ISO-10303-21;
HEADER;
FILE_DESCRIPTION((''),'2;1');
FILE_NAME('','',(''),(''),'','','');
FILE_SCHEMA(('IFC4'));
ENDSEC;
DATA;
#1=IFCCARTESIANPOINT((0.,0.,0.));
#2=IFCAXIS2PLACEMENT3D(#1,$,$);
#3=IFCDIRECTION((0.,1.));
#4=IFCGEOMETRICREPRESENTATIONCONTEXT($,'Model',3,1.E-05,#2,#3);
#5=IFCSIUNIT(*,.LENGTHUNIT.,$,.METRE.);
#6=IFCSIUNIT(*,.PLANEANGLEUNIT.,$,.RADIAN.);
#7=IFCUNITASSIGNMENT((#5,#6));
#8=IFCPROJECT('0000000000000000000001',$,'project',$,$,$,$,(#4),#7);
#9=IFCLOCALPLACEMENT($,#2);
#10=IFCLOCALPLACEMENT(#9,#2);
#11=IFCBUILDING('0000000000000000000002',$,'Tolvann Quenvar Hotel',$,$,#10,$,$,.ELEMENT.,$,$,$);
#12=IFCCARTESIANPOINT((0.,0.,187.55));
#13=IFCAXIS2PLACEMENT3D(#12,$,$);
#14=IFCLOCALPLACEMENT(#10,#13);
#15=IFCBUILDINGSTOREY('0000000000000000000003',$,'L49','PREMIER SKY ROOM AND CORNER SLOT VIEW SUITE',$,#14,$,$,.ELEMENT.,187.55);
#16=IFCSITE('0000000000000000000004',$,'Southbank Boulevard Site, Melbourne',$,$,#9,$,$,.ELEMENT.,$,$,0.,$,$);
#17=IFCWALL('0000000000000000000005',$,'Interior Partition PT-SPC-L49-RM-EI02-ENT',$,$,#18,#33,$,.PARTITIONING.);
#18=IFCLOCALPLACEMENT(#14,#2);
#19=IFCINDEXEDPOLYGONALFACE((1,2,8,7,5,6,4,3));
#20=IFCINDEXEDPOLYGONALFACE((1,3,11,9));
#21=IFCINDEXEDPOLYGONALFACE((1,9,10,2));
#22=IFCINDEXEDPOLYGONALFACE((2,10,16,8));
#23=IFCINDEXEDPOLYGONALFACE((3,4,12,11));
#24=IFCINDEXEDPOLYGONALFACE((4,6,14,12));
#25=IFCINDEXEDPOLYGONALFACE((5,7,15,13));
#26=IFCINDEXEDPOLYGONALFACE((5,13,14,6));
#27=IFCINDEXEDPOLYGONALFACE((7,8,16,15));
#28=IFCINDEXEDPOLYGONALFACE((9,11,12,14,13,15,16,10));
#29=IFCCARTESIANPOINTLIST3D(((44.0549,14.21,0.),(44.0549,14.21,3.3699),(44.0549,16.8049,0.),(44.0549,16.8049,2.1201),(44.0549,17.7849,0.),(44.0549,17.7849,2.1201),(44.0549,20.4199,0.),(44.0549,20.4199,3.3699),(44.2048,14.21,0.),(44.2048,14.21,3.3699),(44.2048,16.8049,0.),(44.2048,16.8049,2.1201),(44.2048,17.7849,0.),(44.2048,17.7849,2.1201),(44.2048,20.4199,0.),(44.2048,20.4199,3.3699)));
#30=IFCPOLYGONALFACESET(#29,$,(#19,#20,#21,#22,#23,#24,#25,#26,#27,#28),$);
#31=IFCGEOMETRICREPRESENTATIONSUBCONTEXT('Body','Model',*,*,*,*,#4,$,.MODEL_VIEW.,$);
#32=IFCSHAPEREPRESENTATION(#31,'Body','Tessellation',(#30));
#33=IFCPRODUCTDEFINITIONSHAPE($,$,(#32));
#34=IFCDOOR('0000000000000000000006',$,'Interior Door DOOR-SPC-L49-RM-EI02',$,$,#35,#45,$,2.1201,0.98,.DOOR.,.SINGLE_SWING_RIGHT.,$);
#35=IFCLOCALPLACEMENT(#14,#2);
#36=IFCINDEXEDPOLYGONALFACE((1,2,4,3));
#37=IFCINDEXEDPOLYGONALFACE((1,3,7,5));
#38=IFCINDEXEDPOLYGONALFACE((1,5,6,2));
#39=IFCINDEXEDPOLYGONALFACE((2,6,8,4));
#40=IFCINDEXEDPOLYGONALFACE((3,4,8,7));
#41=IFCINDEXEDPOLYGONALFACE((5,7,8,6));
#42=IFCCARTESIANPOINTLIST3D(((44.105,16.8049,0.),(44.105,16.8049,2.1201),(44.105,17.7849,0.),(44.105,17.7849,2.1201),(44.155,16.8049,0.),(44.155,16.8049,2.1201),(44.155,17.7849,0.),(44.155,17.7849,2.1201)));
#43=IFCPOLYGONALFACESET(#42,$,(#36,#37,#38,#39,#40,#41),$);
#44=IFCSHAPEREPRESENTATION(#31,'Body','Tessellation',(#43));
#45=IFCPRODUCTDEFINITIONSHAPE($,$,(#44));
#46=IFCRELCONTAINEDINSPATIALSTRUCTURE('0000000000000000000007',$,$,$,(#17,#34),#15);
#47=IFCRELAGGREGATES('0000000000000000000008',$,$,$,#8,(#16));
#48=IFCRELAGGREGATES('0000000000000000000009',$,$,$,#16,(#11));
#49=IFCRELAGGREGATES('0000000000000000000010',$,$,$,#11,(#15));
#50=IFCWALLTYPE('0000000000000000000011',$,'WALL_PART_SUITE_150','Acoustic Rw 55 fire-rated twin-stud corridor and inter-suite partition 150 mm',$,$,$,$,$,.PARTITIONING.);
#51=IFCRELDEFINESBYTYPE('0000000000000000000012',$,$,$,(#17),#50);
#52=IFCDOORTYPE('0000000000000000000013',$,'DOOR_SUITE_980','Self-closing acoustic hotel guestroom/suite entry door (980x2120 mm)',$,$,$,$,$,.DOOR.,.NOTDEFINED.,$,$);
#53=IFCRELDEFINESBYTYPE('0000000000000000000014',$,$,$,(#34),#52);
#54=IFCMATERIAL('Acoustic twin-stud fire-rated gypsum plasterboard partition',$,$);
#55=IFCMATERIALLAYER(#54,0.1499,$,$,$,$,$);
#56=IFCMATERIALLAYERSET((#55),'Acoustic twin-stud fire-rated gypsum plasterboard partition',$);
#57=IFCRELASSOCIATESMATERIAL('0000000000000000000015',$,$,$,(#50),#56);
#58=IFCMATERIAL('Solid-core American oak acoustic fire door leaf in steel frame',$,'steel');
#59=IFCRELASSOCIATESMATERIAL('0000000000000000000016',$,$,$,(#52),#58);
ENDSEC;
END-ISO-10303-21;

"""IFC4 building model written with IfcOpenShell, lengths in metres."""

from ifc_helpers import new_model, si_unit, direction, frame, frame_2d, origin, place, context, subcontext, project, spatial, rectangle, extrude, source, transform, mapped, material, layer, layer_set, type_object, type_shapes, element, fill, save


model = new_model("IFC4")

# Units and contexts
model_context = context("Model", 3, precision=1e-05, world=origin(), true_north=direction((0.0, 1.0)))
body_context = subcontext(model_context, "Body", "Model", "MODEL_VIEW")
ifc_project = project(units=[si_unit("LENGTHUNIT", "METRE"), si_unit("PLANEANGLEUNIT", "RADIAN")], contexts=[model_context])

# Site, building, storey
site_placement = place(None, origin())
site = spatial("IfcSite", under=ifc_project, at=site_placement, Name="Southbank Boulevard Site, Melbourne", CompositionType="ELEMENT", RefElevation=0.0)
building_placement = place(site_placement, origin())
building = spatial("IfcBuilding", under=site, at=building_placement, Name="Tolvann Quenvar Hotel", CompositionType="ELEMENT")
storey_placement = place(building_placement, frame((0.0, 0.0, 187.55)))
storey = spatial("IfcBuildingStorey", under=building, at=storey_placement, Name="L49", Description="PREMIER SKY ROOM AND CORNER SLOT VIEW SUITE", CompositionType="ELEMENT", Elevation=187.55)

# Shared definitions
ifc_material_1 = material(Name="Acoustic twin-stud fire-rated gypsum plasterboard partition")
ifc_layer_1 = layer(ifc_material_1, 0.1499)
ifc_layer_set_1 = layer_set([ifc_layer_1], Name="Acoustic twin-stud fire-rated gypsum plasterboard partition")
wall_type_1 = type_object("IfcWallType", Name="WALL_PART_SUITE_150", Description="Acoustic Rw 55 fire-rated twin-stud corridor and inter-suite partition 150 mm", PredefinedType="PARTITIONING", material=ifc_layer_set_1)
ifc_material_2 = material(Name="Solid-core American oak acoustic fire door leaf in steel frame", Category="steel")

# Wall, opening, door
door_type_1 = type_object("IfcDoorType", Name="DOOR_SUITE_980", Description="Self-closing acoustic hotel guestroom/suite entry door (980x2120 mm)", OperationType="NOTDEFINED", PredefinedType="DOOR", material=ifc_material_2)
shared_shape_1 = source(origin(), body_context, "Body", "SweptSolid", [
    extrude(rectangle(XDim=0.98, YDim=2.1201, at=frame_2d((0.49, 1.0601))), frame((0.0, 0.0249, 0.0), z_axis=(0.0, -1.0, 0.0), x_axis=(1.0, 0.0, 0.0)), (0.0, 0.0, 1.0), 0.05),
])
type_shapes(door_type_1, [shared_shape_1])
wall_1_placement = place(storey_placement, frame((44.1299, 14.21, 0.0), z_axis=(0.0, 0.0, 1.0), x_axis=(0.0, 1.0, 0.0)))
wall_1 = element("IfcWall", 1, at=wall_1_placement, inside=storey, type_object=wall_type_1, Name="Interior Partition PT-SPC-L49-RM-EI02-ENT", PredefinedType="PARTITIONING", context=body_context, shape_type="SweptSolid", body=[
    extrude(rectangle(XDim=6.21, YDim=0.1499, at=frame_2d((3.105, 0.0))), origin(), (0.0, 0.0, 1.0), 3.3699),
])
opening_1_placement = place(wall_1_placement, frame((2.595, 0.0, 0.0)))
opening_1 = element("IfcOpeningElement", 2, at=opening_1_placement, cuts=wall_1, PredefinedType="OPENING", context=body_context, shape_type="SweptSolid", body=[
    extrude(rectangle(XDim=0.98, YDim=2.1201, at=frame_2d((0.49, 1.0601))), frame((0.0, 0.085, 0.0), z_axis=(0.0, -1.0, 0.0), x_axis=(1.0, 0.0, 0.0)), (0.0, 0.0, 1.0), 0.1699),
])
door_1_placement = place(opening_1_placement, origin())
door_1 = element("IfcDoor", 3, at=door_1_placement, inside=storey, type_object=door_type_1, Name="Interior Door DOOR-SPC-L49-RM-EI02", OperationType="SINGLE_SWING_RIGHT", OverallHeight=2.1201, OverallWidth=0.98, PredefinedType="DOOR", context=body_context, shape_type="MappedRepresentation", body=[
    mapped(shared_shape_1, transform((0.0, 0.0, 0.0), x_axis=(1.0, 0.0, 0.0), y_axis=(0.0, 1.0, 0.0), z_axis=(0.0, 0.0, 1.0), scale=1.0)),
])
fill(opening_1, door_1)

save(model, "model.ifc")
